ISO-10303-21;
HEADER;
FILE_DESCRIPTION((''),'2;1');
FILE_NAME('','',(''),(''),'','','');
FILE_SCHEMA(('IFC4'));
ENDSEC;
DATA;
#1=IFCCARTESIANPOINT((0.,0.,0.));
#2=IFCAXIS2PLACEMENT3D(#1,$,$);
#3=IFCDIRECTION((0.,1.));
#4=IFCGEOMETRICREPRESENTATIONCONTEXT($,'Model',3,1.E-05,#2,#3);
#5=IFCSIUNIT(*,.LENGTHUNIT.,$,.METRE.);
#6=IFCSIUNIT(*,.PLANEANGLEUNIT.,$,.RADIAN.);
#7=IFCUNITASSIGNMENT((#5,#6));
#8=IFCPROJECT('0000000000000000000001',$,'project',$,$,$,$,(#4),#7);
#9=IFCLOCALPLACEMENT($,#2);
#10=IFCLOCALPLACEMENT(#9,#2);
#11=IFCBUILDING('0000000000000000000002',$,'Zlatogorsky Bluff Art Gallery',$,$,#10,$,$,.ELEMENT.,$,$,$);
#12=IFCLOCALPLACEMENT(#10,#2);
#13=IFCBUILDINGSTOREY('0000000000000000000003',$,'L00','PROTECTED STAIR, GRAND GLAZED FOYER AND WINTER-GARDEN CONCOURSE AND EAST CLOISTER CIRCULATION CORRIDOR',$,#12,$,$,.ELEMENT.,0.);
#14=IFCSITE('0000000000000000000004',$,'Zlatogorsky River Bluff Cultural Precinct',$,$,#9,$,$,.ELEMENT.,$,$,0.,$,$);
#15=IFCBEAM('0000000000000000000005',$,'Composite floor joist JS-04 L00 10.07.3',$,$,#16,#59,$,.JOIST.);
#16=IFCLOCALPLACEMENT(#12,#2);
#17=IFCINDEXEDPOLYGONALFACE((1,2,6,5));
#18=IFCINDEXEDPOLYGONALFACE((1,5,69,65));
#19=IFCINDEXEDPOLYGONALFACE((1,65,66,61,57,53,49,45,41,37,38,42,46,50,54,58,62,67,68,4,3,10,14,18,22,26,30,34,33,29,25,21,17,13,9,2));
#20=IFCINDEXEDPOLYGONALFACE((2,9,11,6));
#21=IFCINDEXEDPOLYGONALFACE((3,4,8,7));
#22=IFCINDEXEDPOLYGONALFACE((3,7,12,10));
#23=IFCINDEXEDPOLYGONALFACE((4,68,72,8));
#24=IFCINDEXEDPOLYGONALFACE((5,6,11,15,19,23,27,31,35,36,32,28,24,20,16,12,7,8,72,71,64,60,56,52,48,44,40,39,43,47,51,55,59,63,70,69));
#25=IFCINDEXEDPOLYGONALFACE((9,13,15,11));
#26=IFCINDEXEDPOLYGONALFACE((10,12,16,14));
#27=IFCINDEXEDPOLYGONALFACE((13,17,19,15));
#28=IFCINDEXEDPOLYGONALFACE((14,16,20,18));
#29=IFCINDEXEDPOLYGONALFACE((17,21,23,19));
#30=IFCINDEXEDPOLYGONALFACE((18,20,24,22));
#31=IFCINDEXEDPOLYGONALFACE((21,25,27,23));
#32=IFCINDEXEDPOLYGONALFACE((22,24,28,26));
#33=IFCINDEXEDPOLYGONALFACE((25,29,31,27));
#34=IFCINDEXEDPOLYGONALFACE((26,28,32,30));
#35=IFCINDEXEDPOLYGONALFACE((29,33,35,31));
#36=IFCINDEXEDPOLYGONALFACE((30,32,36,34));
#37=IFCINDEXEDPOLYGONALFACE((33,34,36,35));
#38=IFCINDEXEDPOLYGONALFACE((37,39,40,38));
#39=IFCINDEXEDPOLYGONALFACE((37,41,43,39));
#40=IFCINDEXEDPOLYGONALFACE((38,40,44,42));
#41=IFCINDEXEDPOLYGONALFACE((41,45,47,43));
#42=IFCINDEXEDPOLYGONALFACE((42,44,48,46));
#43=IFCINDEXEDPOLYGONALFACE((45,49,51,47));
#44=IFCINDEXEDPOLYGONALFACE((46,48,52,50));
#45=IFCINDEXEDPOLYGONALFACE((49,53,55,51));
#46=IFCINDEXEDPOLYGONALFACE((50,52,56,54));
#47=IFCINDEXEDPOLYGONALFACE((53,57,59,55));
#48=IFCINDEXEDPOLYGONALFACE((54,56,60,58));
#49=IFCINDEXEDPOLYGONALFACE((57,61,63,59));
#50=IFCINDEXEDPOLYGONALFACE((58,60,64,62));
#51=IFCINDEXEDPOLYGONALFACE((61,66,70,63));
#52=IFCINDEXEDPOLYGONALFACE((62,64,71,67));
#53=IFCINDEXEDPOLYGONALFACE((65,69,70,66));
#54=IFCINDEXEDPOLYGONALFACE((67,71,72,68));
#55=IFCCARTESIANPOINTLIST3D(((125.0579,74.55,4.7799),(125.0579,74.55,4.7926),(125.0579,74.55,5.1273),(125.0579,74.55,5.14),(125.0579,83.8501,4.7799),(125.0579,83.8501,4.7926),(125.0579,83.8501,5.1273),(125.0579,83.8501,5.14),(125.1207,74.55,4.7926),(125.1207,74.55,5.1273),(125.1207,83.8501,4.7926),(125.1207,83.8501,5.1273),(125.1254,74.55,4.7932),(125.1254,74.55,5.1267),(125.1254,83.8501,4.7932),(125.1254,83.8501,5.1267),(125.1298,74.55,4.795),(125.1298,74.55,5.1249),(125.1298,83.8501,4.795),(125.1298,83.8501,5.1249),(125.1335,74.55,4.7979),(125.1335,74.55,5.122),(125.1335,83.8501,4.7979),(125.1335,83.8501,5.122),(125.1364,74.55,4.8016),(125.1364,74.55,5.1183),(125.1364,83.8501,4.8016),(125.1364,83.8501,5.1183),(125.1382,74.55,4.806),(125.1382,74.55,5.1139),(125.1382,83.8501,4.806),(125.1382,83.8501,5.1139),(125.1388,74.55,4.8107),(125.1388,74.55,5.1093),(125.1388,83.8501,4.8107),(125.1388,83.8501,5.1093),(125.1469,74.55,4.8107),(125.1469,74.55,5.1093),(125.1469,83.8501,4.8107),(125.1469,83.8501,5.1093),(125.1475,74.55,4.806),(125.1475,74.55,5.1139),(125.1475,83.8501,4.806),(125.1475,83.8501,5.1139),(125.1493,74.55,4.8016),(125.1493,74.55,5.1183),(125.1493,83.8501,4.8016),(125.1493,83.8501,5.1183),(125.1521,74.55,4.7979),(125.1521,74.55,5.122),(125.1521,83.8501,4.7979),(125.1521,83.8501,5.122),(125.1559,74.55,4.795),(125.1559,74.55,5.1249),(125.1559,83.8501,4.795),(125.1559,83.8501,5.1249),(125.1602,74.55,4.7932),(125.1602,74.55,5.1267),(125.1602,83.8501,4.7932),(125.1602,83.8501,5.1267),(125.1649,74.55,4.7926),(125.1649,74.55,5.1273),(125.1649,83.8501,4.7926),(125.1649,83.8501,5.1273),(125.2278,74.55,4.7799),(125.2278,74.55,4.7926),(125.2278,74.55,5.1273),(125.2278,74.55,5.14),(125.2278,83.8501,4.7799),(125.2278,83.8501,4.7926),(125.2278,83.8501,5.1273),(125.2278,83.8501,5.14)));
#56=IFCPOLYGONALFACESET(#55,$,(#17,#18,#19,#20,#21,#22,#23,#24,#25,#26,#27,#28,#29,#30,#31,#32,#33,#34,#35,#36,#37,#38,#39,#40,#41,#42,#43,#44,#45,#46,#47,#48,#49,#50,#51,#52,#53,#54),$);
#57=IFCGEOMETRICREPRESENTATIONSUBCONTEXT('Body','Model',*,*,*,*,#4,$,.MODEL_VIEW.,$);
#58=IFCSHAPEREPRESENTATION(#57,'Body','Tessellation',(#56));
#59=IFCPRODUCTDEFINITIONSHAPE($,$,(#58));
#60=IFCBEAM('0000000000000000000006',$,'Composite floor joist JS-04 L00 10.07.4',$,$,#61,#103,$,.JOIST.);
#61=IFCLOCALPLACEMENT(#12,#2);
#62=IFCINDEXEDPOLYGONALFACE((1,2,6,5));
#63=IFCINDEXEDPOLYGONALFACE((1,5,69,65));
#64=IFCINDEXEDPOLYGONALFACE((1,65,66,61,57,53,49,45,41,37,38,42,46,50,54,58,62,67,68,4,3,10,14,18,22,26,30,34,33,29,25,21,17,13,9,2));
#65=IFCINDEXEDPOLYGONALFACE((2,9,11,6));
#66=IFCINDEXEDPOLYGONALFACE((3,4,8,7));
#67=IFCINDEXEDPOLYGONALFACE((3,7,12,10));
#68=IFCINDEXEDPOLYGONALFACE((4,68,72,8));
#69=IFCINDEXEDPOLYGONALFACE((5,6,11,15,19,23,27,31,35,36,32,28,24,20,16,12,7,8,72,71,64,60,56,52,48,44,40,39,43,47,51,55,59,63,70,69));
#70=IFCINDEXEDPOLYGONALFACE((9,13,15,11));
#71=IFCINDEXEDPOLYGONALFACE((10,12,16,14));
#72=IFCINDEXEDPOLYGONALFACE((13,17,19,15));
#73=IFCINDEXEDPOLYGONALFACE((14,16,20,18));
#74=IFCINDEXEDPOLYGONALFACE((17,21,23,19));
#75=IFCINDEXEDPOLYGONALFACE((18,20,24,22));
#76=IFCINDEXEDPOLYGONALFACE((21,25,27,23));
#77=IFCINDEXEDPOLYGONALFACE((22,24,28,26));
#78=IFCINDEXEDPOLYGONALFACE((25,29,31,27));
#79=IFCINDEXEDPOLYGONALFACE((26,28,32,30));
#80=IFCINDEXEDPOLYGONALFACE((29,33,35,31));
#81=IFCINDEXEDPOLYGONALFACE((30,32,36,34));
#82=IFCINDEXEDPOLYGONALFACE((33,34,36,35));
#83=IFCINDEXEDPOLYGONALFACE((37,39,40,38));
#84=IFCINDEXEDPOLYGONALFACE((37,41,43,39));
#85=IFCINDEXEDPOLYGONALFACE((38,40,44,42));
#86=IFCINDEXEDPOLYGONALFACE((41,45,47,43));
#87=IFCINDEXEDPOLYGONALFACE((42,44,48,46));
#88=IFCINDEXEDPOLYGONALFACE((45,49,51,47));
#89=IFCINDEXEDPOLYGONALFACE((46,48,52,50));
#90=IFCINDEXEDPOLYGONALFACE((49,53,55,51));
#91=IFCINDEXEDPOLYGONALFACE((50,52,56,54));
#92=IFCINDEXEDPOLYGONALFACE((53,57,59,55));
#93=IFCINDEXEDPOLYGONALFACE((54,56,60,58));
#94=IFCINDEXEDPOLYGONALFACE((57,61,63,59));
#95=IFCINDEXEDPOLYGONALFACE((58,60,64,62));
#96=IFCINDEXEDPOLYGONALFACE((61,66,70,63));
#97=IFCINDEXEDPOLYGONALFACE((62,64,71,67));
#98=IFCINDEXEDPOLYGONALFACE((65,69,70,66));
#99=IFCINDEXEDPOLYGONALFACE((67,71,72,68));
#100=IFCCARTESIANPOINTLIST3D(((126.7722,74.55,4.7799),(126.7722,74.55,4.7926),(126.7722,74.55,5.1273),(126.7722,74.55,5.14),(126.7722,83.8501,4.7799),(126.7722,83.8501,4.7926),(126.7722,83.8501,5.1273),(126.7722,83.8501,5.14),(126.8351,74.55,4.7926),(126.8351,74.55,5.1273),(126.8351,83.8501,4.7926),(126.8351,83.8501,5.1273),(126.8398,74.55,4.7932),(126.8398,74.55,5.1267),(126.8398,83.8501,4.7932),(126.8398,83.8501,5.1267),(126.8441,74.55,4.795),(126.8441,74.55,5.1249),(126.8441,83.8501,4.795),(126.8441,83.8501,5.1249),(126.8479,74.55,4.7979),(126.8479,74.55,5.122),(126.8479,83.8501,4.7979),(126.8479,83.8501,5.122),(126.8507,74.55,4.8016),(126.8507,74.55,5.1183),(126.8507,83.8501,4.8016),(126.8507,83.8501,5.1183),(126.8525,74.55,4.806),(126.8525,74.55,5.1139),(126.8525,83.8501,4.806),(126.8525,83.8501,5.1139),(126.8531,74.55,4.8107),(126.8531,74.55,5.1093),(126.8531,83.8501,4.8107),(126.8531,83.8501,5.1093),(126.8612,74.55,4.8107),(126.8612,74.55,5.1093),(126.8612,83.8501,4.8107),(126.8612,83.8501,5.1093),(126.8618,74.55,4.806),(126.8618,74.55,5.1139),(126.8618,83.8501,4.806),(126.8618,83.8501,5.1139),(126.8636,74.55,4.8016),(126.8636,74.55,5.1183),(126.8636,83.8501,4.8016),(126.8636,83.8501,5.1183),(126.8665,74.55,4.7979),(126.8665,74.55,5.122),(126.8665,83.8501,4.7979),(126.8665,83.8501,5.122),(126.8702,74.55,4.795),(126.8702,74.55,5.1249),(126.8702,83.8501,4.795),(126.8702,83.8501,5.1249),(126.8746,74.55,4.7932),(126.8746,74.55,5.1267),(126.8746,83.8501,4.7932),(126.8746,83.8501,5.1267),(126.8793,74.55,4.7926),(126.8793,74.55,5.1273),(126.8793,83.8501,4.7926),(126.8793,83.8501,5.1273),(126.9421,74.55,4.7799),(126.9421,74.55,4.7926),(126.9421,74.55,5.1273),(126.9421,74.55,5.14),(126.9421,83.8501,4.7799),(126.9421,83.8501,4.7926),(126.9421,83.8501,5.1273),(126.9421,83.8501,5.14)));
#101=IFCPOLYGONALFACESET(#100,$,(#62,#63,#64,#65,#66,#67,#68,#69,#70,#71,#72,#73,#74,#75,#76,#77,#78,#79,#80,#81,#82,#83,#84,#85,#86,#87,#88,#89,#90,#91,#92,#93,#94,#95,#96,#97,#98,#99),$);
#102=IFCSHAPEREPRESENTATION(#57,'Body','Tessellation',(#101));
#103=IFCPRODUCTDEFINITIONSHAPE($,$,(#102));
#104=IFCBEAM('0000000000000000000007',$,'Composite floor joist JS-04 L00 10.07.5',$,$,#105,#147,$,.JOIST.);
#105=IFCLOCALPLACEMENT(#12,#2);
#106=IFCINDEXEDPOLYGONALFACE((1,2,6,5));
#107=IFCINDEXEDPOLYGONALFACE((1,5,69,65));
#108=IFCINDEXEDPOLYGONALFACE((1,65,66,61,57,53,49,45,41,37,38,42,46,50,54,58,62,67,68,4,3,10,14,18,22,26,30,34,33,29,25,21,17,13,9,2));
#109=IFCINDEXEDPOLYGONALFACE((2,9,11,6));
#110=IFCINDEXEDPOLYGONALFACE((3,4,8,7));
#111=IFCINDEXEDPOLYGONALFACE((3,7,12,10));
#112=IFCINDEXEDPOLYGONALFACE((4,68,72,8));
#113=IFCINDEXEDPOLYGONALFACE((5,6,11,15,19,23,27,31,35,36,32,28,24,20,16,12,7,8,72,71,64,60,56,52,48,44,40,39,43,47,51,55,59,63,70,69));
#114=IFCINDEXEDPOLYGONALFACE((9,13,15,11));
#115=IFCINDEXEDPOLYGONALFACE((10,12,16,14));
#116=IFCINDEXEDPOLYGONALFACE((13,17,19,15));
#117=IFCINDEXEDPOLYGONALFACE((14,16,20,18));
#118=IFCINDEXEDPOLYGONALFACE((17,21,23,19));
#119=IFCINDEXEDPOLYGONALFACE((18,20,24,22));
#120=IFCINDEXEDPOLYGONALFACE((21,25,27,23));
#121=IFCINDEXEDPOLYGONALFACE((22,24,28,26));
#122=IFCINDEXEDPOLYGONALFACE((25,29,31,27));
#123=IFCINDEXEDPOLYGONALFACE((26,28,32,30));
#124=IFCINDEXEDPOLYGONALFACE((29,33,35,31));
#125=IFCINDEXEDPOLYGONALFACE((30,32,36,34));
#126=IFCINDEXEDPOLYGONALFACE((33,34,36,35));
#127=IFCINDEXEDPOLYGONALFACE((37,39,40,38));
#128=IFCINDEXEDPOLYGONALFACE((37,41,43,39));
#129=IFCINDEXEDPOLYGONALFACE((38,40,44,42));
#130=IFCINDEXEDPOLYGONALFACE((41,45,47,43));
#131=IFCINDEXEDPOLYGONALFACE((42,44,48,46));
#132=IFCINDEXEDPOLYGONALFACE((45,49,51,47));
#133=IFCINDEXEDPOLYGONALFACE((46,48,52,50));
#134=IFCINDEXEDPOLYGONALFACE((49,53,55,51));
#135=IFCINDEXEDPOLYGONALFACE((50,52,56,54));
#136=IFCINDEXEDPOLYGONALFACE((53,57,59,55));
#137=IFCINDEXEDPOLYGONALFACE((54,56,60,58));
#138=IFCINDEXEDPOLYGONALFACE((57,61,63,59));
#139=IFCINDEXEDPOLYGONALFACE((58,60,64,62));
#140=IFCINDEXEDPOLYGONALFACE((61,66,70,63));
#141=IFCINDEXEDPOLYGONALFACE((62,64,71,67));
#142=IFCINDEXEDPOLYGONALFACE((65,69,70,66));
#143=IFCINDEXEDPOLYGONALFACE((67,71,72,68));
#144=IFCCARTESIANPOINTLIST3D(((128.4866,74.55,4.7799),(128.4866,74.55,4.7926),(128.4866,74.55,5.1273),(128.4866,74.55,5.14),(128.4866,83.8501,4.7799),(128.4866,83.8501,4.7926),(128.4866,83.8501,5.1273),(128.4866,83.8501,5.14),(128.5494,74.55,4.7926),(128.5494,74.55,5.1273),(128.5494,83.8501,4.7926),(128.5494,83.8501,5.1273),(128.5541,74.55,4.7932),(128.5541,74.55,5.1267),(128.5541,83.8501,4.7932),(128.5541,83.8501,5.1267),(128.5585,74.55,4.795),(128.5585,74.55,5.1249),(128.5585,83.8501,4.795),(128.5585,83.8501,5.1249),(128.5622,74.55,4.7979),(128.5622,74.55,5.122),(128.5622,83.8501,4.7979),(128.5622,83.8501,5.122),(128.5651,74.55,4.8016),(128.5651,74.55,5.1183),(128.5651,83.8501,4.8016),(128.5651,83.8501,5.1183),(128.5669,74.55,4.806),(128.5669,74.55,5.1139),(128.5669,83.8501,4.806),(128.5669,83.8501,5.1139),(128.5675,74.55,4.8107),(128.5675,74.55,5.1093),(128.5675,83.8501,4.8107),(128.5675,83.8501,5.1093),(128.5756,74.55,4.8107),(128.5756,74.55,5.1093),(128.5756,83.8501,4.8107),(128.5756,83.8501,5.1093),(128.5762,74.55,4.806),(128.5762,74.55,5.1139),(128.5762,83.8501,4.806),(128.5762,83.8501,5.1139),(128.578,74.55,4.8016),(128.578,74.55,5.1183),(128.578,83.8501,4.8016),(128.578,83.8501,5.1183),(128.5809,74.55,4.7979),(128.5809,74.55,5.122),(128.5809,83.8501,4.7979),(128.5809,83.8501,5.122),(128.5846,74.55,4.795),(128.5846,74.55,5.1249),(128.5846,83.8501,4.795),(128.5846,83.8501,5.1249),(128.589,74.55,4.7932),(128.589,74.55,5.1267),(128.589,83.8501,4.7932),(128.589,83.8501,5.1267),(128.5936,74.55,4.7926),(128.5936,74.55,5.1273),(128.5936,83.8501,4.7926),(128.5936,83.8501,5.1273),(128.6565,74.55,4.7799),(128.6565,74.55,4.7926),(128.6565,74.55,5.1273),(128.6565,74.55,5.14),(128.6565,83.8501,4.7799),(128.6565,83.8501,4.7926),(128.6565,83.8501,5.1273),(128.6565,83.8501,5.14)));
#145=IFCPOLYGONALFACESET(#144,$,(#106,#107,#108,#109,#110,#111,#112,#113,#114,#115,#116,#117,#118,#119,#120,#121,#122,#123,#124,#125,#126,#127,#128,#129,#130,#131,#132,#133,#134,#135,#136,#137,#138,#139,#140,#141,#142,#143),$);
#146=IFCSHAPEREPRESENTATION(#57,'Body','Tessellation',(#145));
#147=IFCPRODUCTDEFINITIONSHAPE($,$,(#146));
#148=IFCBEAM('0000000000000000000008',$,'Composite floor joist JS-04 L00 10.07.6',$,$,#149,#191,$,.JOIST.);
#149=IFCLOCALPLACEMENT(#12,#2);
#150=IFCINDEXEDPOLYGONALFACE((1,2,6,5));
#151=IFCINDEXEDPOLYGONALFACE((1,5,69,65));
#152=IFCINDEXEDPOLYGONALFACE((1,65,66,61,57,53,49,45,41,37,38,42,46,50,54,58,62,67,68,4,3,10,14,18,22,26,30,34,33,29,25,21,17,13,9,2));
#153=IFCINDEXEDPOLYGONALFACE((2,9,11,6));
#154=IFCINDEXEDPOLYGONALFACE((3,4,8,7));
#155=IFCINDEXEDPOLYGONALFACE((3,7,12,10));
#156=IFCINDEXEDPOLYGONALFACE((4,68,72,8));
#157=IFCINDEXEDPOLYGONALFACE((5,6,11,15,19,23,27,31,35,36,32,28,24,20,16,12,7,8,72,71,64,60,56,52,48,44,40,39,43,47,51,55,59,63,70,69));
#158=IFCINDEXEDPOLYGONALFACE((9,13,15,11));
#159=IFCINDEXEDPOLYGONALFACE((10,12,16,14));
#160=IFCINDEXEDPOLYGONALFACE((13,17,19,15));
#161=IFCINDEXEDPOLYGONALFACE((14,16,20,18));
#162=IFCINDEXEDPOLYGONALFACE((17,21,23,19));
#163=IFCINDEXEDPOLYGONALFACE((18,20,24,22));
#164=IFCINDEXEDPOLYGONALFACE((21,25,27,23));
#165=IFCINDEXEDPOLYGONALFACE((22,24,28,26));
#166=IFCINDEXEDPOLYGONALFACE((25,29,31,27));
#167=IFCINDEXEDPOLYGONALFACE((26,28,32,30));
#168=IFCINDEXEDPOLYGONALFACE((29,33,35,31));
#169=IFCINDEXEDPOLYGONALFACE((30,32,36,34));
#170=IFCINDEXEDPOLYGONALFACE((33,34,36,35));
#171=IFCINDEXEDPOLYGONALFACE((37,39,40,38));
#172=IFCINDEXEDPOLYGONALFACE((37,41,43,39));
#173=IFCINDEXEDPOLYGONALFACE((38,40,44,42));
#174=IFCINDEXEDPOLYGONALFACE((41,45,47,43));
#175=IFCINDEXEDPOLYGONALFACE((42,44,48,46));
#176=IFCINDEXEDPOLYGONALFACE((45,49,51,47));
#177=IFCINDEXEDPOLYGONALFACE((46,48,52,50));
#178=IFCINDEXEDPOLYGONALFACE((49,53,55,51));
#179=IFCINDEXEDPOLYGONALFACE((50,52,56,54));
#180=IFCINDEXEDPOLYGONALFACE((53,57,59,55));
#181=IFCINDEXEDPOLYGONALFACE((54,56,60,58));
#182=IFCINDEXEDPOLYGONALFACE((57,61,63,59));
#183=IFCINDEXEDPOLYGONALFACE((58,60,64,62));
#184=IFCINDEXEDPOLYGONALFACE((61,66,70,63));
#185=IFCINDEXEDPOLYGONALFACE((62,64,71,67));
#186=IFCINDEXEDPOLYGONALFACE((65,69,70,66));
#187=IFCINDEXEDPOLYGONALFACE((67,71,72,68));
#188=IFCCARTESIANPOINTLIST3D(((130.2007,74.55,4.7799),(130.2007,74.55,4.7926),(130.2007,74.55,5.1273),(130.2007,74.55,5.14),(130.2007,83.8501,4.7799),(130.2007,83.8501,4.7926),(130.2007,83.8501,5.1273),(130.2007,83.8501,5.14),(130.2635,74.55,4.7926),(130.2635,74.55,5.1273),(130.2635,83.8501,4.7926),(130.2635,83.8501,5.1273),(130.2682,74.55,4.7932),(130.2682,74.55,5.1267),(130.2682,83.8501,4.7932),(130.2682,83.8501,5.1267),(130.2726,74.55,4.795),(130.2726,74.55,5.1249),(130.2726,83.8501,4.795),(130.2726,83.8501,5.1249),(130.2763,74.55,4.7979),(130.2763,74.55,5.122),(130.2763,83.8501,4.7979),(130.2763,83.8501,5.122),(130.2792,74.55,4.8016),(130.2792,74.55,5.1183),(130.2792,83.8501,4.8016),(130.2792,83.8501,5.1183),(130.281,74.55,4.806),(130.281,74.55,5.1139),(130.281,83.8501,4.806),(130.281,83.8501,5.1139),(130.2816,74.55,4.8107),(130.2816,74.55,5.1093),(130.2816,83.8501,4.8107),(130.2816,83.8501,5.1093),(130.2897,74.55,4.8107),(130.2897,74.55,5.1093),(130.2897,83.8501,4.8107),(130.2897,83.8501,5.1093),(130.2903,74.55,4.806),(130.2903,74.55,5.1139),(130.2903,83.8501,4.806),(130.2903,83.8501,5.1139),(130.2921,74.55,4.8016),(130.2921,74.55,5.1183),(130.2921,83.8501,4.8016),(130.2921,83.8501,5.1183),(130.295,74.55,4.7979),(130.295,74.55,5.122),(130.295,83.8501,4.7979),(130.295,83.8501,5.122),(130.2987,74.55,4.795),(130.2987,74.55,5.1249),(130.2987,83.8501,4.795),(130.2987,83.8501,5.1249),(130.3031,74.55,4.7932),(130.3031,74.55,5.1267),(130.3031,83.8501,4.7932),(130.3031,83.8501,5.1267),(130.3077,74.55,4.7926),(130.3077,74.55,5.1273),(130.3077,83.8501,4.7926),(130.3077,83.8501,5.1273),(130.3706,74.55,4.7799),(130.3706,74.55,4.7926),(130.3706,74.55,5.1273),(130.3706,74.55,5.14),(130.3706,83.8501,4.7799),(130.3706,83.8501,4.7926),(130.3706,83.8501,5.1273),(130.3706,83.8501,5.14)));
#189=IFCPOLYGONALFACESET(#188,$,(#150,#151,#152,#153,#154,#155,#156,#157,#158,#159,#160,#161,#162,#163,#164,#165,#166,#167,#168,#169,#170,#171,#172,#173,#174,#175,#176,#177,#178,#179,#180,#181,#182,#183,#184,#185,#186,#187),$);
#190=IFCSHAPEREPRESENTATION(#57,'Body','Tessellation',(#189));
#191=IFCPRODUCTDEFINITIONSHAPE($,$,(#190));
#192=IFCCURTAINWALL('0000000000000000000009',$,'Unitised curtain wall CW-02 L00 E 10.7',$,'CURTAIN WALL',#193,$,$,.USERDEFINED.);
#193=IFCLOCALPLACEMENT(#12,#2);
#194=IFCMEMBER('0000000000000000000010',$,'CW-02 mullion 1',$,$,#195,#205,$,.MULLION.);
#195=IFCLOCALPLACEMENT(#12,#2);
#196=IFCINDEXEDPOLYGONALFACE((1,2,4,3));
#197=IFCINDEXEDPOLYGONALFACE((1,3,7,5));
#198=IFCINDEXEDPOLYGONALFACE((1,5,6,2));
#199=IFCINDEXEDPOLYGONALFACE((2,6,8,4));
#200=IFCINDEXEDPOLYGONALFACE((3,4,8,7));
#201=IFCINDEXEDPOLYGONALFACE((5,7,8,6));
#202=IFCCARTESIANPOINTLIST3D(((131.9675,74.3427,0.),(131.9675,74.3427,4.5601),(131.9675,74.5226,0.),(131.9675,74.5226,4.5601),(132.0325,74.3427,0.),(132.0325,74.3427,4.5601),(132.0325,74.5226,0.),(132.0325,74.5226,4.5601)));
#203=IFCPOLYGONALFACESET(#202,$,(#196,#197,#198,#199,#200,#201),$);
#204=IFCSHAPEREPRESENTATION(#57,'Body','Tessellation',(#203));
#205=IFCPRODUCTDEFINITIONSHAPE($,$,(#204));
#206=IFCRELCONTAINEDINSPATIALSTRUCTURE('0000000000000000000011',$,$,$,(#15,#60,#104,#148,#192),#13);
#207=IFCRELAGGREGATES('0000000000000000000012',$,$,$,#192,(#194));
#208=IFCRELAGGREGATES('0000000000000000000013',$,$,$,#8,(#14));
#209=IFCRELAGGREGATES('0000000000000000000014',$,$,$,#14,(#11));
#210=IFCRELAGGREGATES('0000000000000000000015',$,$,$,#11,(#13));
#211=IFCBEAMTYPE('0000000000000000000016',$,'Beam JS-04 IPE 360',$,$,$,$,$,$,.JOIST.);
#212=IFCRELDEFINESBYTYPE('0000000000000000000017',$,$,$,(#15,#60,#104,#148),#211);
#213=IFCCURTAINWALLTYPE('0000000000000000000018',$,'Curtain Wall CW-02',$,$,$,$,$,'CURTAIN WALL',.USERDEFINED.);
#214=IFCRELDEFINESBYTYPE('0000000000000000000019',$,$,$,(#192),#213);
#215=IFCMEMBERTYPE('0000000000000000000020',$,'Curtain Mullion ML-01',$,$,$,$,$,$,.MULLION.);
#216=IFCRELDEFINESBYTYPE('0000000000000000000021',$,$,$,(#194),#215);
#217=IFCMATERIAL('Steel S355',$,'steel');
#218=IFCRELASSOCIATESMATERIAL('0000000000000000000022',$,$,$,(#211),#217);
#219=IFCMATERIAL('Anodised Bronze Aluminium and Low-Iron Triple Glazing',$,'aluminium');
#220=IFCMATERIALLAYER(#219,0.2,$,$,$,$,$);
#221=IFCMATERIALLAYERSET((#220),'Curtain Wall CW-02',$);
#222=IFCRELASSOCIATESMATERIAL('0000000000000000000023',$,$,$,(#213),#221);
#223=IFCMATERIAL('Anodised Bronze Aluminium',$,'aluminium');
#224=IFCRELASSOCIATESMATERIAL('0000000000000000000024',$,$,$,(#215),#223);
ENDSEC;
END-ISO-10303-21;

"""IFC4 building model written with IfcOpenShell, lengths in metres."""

from ifc_helpers import new_model, si_unit, direction, frame, origin, origin_2d, place, context, subcontext, project, spatial, rectangle, i_section, extrude, material, layer, layer_set, material_profile, profile_set, type_object, element, aggregate, save


model = new_model("IFC4")

# Units and contexts
model_context = context("Model", 3, precision=1e-05, world=origin(), true_north=direction((0.0, 1.0)))
body_context = subcontext(model_context, "Body", "Model", "MODEL_VIEW")
ifc_project = project(units=[si_unit("LENGTHUNIT", "METRE"), si_unit("PLANEANGLEUNIT", "RADIAN")], contexts=[model_context])

# Site, building, storey
site_placement = place(None, origin())
site = spatial("IfcSite", under=ifc_project, at=site_placement, Name="Zlatogorsky River Bluff Cultural Precinct", CompositionType="ELEMENT", RefElevation=0.0)
building_placement = place(site_placement, origin())
building = spatial("IfcBuilding", under=site, at=building_placement, Name="Zlatogorsky Bluff Art Gallery", CompositionType="ELEMENT")
storey_placement = place(building_placement, origin())
storey = spatial("IfcBuildingStorey", under=building, at=storey_placement, Name="L00", Description="PROTECTED STAIR, GRAND GLAZED FOYER AND WINTER-GARDEN CONCOURSE AND EAST CLOISTER CIRCULATION CORRIDOR", CompositionType="ELEMENT", Elevation=0.0)

# Shared definitions
ifc_material_1 = material(Name="Steel S355", Category="steel")

# Beams
ifc_material_profile_1 = material_profile(ifc_material_1, i_section(OverallWidth=0.1699, OverallDepth=0.3601, WebThickness=0.0081, FlangeThickness=0.0127, FilletRadius=0.0181, at=origin_2d()), Name="IPE 360")
ifc_profile_set_1 = profile_set([ifc_material_profile_1], Name="Steel S355")
beam_type_1 = type_object("IfcBeamType", Name="Beam JS-04 IPE 360", PredefinedType="JOIST", material=ifc_profile_set_1)
for number, where, z_axis, x_axis, name in (
    (1, (125.1428, 74.55, 4.96), (0.0, 1.0, 0.0), (-1.0, 0.0, 0.0), "Composite floor joist JS-04 L00 10.07.3"),
    (2, (126.8572, 74.55, 4.96), (0.0, 1.0, 0.0), (-1.0, 0.0, 0.0), "Composite floor joist JS-04 L00 10.07.4"),
    (3, (128.5715, 74.55, 4.96), (0.0, 1.0, 0.0), (-1.0, 0.0, 0.0), "Composite floor joist JS-04 L00 10.07.5"),
    (4, (130.2856, 74.55, 4.96), (0.0, 1.0, 0.0), (-1.0, 0.0, 0.0), "Composite floor joist JS-04 L00 10.07.6"),
):
    element("IfcBeam", number, at=place(storey_placement, frame(where, z_axis=z_axis, x_axis=x_axis)), inside=storey, type_object=beam_type_1, Name=name, PredefinedType="JOIST", context=body_context, shape_type="SweptSolid", body=[
        extrude(i_section(OverallWidth=0.1699, OverallDepth=0.3601, WebThickness=0.0081, FlangeThickness=0.0127, FilletRadius=0.0181, at=origin_2d()), origin(), (0.0, 0.0, 1.0), 9.3),
    ])

# Curtain wall, member
ifc_material_2 = material(Name="Anodised Bronze Aluminium and Low-Iron Triple Glazing", Category="aluminium")
ifc_layer_1 = layer(ifc_material_2, 0.2)
ifc_layer_set_1 = layer_set([ifc_layer_1], Name="Curtain Wall CW-02")
curtain_wall_type = type_object("IfcCurtainWallType", Name="Curtain Wall CW-02", ElementType="CURTAIN WALL", PredefinedType="USERDEFINED", material=ifc_layer_set_1)
curtain_wall_placement = place(storey_placement, origin())
curtain_wall = element("IfcCurtainWall", 5, at=curtain_wall_placement, inside=storey, type_object=curtain_wall_type, Name="Unitised curtain wall CW-02 L00 E 10.7", ObjectType="CURTAIN WALL", PredefinedType="USERDEFINED")
ifc_material_3 = material(Name="Anodised Bronze Aluminium", Category="aluminium")
ifc_material_profile_2 = material_profile(ifc_material_3, rectangle(XDim=0.0649, YDim=0.1799, at=origin_2d()), Name="ALU MULLION 65x180")
ifc_profile_set_2 = profile_set([ifc_material_profile_2], Name="Anodised Bronze Aluminium")
member_type_1 = type_object("IfcMemberType", Name="Curtain Mullion ML-01", PredefinedType="MULLION", material=ifc_profile_set_2)
member_1_placement = place(storey_placement, frame((132.0, 74.4326, 0.0), z_axis=(0.0, 0.0, 1.0), x_axis=(-1.0, 0.0, 0.0)))
member_1 = element("IfcMember", 6, at=member_1_placement, type_object=member_type_1, Name="CW-02 mullion 1", PredefinedType="MULLION", context=body_context, shape_type="SweptSolid", body=[
    extrude(rectangle(XDim=0.0649, YDim=0.1799, at=origin_2d()), origin(), (0.0, 0.0, 1.0), 4.5601),
])
aggregate(curtain_wall, [member_1])

save(model, "model.ifc")
